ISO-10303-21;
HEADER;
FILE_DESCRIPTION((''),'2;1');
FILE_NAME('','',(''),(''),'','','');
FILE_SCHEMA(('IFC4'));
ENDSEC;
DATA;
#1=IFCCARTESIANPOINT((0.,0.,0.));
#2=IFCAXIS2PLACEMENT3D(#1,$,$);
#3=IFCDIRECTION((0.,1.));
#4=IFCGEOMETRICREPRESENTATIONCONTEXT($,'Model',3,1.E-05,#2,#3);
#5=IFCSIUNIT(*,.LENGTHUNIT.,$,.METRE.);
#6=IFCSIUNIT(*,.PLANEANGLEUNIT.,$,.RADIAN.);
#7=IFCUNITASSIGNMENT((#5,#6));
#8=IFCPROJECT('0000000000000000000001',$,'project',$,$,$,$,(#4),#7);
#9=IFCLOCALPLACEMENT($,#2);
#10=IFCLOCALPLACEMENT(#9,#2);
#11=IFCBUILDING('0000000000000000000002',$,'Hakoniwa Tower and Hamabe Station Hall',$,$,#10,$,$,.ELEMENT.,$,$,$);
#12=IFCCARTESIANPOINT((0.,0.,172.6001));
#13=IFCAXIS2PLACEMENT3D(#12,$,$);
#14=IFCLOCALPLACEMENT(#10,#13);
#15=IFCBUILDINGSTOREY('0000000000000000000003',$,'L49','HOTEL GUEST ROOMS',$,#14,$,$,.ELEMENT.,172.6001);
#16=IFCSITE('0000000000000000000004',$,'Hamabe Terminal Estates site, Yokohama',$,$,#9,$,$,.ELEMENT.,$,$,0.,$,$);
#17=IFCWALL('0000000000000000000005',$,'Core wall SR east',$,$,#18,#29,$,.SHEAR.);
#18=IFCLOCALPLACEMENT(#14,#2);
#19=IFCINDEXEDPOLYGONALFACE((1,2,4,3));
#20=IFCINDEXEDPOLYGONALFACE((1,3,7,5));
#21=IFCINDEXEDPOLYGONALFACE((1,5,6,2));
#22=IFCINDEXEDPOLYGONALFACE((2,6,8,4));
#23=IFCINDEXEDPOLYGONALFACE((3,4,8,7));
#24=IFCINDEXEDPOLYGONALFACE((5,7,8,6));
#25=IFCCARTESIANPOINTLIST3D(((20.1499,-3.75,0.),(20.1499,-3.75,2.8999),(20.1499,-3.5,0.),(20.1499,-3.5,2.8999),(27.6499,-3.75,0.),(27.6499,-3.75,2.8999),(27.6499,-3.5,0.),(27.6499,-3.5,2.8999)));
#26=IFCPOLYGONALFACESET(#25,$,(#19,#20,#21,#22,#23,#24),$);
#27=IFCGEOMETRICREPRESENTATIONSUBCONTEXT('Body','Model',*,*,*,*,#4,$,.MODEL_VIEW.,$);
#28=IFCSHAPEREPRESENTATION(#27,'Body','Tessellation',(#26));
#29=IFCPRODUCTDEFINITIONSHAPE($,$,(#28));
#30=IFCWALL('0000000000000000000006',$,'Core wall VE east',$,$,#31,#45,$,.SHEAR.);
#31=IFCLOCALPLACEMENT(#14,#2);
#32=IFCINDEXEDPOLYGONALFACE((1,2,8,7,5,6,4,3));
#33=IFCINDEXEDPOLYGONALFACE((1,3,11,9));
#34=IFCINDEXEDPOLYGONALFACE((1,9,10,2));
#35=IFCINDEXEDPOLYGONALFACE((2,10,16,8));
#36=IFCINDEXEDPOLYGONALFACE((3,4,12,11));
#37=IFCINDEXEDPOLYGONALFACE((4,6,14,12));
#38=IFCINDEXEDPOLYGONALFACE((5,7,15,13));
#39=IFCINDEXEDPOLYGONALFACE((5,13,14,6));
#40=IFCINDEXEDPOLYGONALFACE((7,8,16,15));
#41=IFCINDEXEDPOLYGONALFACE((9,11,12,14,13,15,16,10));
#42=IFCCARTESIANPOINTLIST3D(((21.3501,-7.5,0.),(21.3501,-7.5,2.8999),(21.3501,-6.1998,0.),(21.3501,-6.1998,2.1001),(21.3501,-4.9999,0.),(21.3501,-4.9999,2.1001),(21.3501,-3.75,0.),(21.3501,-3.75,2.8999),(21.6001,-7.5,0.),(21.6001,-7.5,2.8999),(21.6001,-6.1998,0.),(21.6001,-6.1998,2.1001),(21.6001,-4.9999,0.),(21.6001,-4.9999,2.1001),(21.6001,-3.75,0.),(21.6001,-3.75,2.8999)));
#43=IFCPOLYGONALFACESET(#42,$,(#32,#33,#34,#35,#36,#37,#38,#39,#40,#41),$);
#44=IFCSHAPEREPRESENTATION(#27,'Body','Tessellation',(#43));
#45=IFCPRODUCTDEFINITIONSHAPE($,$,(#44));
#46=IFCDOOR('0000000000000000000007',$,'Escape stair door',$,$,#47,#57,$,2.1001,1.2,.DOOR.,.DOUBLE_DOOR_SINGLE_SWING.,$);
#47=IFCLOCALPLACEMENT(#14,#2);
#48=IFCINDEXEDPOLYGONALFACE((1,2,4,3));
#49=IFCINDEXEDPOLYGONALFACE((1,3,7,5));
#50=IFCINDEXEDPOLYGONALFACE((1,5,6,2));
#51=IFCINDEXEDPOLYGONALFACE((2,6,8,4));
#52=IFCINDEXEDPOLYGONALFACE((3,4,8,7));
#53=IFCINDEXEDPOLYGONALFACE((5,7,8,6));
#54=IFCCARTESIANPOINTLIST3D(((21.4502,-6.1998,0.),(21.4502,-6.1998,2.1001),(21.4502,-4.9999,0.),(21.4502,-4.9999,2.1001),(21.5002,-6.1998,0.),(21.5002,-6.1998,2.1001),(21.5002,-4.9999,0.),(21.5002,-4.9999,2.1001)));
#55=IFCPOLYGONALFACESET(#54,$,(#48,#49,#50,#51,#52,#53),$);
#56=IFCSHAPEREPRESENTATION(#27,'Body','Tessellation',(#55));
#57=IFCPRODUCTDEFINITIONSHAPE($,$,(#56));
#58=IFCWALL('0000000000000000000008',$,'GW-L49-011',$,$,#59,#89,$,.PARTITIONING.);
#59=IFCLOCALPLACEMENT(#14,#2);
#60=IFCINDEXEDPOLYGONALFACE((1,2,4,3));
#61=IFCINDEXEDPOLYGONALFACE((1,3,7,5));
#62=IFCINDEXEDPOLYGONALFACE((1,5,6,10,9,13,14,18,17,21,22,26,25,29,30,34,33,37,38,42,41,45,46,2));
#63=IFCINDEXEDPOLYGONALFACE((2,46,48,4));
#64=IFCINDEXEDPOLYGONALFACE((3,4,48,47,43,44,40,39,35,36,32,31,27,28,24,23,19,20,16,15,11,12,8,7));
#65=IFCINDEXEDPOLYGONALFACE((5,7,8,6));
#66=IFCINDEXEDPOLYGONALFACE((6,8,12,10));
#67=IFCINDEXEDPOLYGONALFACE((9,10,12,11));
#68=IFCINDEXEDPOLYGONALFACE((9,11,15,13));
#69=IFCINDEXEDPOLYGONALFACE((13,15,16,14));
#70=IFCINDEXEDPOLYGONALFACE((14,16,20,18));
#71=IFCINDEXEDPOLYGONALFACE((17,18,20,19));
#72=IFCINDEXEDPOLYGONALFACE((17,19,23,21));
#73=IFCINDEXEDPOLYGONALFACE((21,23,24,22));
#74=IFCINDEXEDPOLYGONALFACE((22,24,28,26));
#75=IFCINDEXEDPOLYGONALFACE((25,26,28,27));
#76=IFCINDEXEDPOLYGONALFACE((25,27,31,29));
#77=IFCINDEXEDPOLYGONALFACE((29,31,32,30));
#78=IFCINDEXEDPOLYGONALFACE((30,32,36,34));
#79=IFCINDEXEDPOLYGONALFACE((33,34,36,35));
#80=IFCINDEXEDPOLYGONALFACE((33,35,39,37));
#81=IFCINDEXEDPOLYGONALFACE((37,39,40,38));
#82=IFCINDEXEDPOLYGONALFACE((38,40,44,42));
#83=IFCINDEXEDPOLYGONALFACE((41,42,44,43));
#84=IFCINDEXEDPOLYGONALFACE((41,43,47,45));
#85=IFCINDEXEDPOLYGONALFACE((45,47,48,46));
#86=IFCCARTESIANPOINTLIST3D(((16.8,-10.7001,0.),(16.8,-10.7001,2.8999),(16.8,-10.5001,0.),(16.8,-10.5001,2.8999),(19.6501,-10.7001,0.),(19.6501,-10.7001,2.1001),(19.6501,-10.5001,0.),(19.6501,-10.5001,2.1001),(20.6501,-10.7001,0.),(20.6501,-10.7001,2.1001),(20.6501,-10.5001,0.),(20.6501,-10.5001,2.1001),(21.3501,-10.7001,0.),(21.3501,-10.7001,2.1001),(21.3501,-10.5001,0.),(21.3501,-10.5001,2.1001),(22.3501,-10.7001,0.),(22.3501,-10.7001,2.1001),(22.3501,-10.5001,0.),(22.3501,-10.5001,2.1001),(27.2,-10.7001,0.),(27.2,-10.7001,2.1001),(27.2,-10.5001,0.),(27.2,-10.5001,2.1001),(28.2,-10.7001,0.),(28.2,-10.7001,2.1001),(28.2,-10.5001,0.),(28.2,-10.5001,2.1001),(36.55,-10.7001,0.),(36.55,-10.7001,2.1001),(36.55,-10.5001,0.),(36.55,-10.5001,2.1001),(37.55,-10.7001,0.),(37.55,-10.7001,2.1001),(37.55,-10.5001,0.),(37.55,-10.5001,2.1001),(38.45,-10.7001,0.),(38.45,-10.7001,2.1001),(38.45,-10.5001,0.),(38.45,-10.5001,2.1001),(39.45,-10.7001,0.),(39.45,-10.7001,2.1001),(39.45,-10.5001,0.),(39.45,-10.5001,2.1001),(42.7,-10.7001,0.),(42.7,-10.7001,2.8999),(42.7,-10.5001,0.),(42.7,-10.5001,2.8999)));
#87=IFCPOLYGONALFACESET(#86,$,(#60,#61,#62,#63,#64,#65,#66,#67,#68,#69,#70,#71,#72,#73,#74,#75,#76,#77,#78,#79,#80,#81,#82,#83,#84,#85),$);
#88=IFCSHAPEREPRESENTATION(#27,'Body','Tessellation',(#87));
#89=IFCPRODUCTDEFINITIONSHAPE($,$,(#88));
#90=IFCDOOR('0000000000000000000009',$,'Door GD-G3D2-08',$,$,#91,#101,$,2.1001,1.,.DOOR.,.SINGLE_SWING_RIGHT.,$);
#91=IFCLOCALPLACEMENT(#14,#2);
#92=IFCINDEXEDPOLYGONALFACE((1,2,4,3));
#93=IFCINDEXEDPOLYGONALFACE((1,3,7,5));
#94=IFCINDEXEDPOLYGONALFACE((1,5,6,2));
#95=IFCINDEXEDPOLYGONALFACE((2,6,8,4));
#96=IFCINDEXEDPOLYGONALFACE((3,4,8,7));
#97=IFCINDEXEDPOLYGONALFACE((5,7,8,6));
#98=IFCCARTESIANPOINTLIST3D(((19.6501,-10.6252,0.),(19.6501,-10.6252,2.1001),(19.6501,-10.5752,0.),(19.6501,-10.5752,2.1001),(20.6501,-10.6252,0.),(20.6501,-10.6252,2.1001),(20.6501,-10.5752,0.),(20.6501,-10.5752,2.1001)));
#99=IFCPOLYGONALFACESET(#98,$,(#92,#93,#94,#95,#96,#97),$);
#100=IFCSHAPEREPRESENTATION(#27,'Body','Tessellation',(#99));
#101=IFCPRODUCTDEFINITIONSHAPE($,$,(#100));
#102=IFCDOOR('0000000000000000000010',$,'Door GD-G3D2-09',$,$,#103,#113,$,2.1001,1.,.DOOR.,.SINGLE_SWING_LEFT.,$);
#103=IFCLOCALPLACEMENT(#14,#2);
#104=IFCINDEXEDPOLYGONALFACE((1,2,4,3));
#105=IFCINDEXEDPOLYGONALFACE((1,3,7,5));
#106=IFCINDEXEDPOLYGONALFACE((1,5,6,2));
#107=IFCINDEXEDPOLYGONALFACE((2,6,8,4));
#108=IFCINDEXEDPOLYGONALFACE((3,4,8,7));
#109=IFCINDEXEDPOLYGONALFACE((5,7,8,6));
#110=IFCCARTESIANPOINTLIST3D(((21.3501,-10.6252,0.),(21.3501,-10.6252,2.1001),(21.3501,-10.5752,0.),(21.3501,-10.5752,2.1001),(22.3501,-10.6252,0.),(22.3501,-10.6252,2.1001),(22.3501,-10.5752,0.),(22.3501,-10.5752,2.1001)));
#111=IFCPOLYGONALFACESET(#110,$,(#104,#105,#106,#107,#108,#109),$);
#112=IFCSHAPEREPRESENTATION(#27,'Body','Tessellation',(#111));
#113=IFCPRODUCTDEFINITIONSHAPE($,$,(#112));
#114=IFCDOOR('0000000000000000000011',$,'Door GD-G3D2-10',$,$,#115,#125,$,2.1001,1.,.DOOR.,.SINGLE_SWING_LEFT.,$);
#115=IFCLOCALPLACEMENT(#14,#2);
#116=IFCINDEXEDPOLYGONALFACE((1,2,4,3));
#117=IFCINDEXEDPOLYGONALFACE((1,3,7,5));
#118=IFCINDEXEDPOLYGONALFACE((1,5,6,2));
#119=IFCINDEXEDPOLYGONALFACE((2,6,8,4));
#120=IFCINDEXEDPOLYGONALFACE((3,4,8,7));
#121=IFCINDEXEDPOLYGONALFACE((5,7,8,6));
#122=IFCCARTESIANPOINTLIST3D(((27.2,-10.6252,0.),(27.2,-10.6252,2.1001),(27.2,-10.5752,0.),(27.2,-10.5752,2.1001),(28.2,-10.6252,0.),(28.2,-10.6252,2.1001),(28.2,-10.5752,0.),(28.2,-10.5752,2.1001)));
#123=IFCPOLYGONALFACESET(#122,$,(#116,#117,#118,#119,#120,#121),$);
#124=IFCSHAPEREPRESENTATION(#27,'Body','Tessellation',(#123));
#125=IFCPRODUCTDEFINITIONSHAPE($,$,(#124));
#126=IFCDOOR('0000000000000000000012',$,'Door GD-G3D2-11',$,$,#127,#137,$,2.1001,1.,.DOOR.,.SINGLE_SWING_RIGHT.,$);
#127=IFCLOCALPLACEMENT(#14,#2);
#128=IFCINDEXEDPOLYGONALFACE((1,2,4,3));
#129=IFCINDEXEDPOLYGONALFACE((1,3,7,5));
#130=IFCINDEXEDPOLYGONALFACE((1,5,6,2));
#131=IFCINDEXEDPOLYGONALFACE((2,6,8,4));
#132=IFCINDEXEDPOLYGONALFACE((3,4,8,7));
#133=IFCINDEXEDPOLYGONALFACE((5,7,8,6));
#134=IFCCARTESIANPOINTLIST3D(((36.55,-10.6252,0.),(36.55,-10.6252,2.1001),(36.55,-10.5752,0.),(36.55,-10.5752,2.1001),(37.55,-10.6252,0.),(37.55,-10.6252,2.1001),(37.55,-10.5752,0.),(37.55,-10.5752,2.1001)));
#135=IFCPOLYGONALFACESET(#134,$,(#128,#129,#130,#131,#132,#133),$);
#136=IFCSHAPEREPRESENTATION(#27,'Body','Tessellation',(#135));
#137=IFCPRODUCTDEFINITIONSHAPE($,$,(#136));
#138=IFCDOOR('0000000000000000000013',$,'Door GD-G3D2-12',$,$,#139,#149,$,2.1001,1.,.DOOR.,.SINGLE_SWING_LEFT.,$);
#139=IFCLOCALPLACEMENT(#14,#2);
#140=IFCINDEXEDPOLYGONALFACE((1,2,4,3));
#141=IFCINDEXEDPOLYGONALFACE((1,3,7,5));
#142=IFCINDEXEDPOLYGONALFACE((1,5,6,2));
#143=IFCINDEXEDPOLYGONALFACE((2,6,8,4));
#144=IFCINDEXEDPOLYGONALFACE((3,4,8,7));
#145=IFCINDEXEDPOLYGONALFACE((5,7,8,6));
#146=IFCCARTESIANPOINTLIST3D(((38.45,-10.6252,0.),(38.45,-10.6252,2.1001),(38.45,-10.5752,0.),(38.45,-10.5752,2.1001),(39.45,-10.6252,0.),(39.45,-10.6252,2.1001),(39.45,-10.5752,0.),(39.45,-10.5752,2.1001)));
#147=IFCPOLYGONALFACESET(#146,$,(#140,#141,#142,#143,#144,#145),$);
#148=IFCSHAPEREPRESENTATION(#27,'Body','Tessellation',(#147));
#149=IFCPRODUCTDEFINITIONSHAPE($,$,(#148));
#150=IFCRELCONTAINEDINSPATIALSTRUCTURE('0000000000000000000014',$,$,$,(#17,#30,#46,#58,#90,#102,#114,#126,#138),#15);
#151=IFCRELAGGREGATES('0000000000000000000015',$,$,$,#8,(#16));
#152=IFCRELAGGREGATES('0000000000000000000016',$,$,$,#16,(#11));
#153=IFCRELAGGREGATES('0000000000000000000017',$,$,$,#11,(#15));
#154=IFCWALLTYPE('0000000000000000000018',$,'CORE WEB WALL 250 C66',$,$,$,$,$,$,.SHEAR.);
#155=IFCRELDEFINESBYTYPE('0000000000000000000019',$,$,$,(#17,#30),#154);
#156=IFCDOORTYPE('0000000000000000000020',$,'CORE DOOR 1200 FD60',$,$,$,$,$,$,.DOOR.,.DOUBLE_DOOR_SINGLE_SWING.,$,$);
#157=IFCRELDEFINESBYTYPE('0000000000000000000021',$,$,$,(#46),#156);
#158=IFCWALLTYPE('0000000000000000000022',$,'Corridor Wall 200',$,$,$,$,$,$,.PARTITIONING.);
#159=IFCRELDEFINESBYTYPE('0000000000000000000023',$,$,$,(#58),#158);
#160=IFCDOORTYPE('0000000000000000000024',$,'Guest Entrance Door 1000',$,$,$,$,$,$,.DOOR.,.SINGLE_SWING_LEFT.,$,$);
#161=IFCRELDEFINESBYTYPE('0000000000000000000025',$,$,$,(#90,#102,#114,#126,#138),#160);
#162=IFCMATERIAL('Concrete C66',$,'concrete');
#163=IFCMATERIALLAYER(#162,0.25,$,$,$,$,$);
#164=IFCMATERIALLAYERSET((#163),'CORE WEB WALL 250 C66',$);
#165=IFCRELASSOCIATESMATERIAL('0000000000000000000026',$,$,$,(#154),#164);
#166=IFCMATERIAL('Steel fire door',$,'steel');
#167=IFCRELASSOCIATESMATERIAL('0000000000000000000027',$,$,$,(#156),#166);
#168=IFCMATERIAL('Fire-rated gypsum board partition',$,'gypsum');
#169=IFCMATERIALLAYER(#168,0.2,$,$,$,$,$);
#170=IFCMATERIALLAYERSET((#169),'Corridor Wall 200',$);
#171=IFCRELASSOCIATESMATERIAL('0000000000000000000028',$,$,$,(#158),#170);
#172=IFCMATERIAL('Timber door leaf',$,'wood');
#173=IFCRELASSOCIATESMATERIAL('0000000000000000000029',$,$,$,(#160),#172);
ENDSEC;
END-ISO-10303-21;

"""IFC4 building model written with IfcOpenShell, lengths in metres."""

from ifc_helpers import new_model, si_unit, direction, frame, frame_2d, origin, place, context, subcontext, project, spatial, rectangle, extrude, material, layer, layer_set, type_object, element, fill, save


model = new_model("IFC4")

# Units and contexts
model_context = context("Model", 3, precision=1e-05, world=origin(), true_north=direction((0.0, 1.0)))
body_context = subcontext(model_context, "Body", "Model", "MODEL_VIEW")
ifc_project = project(units=[si_unit("LENGTHUNIT", "METRE"), si_unit("PLANEANGLEUNIT", "RADIAN")], contexts=[model_context])

# Site, building, storey
site_placement = place(None, origin())
site = spatial("IfcSite", under=ifc_project, at=site_placement, Name="Hamabe Terminal Estates site, Yokohama", CompositionType="ELEMENT", RefElevation=0.0)
building_placement = place(site_placement, origin())
building = spatial("IfcBuilding", under=site, at=building_placement, Name="Hakoniwa Tower and Hamabe Station Hall", CompositionType="ELEMENT")
storey_placement = place(building_placement, frame((0.0, 0.0, 172.6001)))
storey = spatial("IfcBuildingStorey", under=building, at=storey_placement, Name="L49", Description="HOTEL GUEST ROOMS", CompositionType="ELEMENT", Elevation=172.6001)

# Shared definitions
ifc_material_1 = material(Name="Concrete C66", Category="concrete")
ifc_layer_1 = layer(ifc_material_1, 0.25)
ifc_layer_set_1 = layer_set([ifc_layer_1], Name="CORE WEB WALL 250 C66")
wall_type_1 = type_object("IfcWallType", Name="CORE WEB WALL 250 C66", PredefinedType="SHEAR", material=ifc_layer_set_1)

# Wall
wall_1_placement = place(storey_placement, frame((20.1499, -3.625, 0.0), z_axis=(0.0, 0.0, 1.0), x_axis=(1.0, 0.0, 0.0)))
element("IfcWall", 1, at=wall_1_placement, inside=storey, type_object=wall_type_1, Name="Core wall SR east", PredefinedType="SHEAR", context=body_context, shape_type="SweptSolid", body=[
    extrude(rectangle(XDim=7.5, YDim=0.25, at=frame_2d((3.75, 0.0))), origin(), (0.0, 0.0, 1.0), 2.8999),
])

# Wall, opening, door
wall_2_placement = place(storey_placement, frame((21.4751, -7.5, 0.0), z_axis=(0.0, 0.0, 1.0), x_axis=(0.0, 1.0, 0.0)))
wall_2 = element("IfcWall", 2, at=wall_2_placement, inside=storey, type_object=wall_type_1, Name="Core wall VE east", PredefinedType="SHEAR", context=body_context, shape_type="SweptSolid", body=[
    extrude(rectangle(XDim=3.75, YDim=0.25, at=frame_2d((1.875, 0.0))), origin(), (0.0, 0.0, 1.0), 2.8999),
])
opening_1_placement = place(wall_2_placement, frame((1.3, 0.0, 0.0)))
opening_1 = element("IfcOpeningElement", 3, at=opening_1_placement, cuts=wall_2, PredefinedType="OPENING", context=body_context, shape_type="SweptSolid", body=[
    extrude(rectangle(XDim=1.2, YDim=2.1001, at=frame_2d((0.6001, 1.05))), frame((0.0, 0.135, 0.0), z_axis=(0.0, -1.0, 0.0), x_axis=(1.0, 0.0, 0.0)), (0.0, 0.0, 1.0), 0.27),
])
ifc_material_2 = material(Name="Steel fire door", Category="steel")
door_type_1 = type_object("IfcDoorType", Name="CORE DOOR 1200 FD60", OperationType="DOUBLE_DOOR_SINGLE_SWING", PredefinedType="DOOR", material=ifc_material_2)
door_1_placement = place(opening_1_placement, origin())
door_1 = element("IfcDoor", 4, at=door_1_placement, inside=storey, type_object=door_type_1, Name="Escape stair door", OperationType="DOUBLE_DOOR_SINGLE_SWING", OverallHeight=2.1001, OverallWidth=1.2, PredefinedType="DOOR", context=body_context, shape_type="SweptSolid", body=[
    extrude(rectangle(XDim=1.2, YDim=2.1001, at=frame_2d((0.6001, 1.05))), frame((0.0, 0.0249, 0.0), z_axis=(0.0, -1.0, 0.0), x_axis=(1.0, 0.0, 0.0)), (0.0, 0.0, 1.0), 0.05),
])
fill(opening_1, door_1)

# Wall, openings, doors
ifc_material_3 = material(Name="Fire-rated gypsum board partition", Category="gypsum")
ifc_layer_2 = layer(ifc_material_3, 0.2)
ifc_layer_set_2 = layer_set([ifc_layer_2], Name="Corridor Wall 200")
wall_type_2 = type_object("IfcWallType", Name="Corridor Wall 200", PredefinedType="PARTITIONING", material=ifc_layer_set_2)
wall_3_placement = place(storey_placement, frame((16.8, -10.6001, 0.0), z_axis=(0.0, 0.0, 1.0), x_axis=(1.0, 0.0, 0.0)))
wall_3 = element("IfcWall", 5, at=wall_3_placement, inside=storey, type_object=wall_type_2, Name="GW-L49-011", PredefinedType="PARTITIONING", context=body_context, shape_type="SweptSolid", body=[
    extrude(rectangle(XDim=25.8999, YDim=0.2, at=frame_2d((12.95, 0.0))), origin(), (0.0, 0.0, 1.0), 2.8999),
])
opening_2_placement = place(wall_3_placement, frame((2.8501, 0.0, 0.0)))
opening_2 = element("IfcOpeningElement", 6, at=opening_2_placement, cuts=wall_3, PredefinedType="OPENING", context=body_context, shape_type="SweptSolid", body=[
    extrude(rectangle(XDim=1.0, YDim=2.1001, at=frame_2d((0.5, 1.05))), frame((0.0, 0.1099, 0.0), z_axis=(0.0, -1.0, 0.0), x_axis=(1.0, 0.0, 0.0)), (0.0, 0.0, 1.0), 0.22),
])
opening_3_placement = place(wall_3_placement, frame((4.55, 0.0, 0.0)))
opening_3 = element("IfcOpeningElement", 7, at=opening_3_placement, cuts=wall_3, PredefinedType="OPENING", context=body_context, shape_type="SweptSolid", body=[
    extrude(rectangle(XDim=1.0, YDim=2.1001, at=frame_2d((0.5, 1.05))), frame((0.0, 0.1099, 0.0), z_axis=(0.0, -1.0, 0.0), x_axis=(1.0, 0.0, 0.0)), (0.0, 0.0, 1.0), 0.22),
])
opening_4_placement = place(wall_3_placement, frame((10.3999, 0.0, 0.0)))
opening_4 = element("IfcOpeningElement", 8, at=opening_4_placement, cuts=wall_3, PredefinedType="OPENING", context=body_context, shape_type="SweptSolid", body=[
    extrude(rectangle(XDim=1.0, YDim=2.1001, at=frame_2d((0.5, 1.05))), frame((0.0, 0.1099, 0.0), z_axis=(0.0, -1.0, 0.0), x_axis=(1.0, 0.0, 0.0)), (0.0, 0.0, 1.0), 0.22),
])
opening_5_placement = place(wall_3_placement, frame((19.75, 0.0, 0.0)))
opening_5 = element("IfcOpeningElement", 9, at=opening_5_placement, cuts=wall_3, PredefinedType="OPENING", context=body_context, shape_type="SweptSolid", body=[
    extrude(rectangle(XDim=1.0, YDim=2.1001, at=frame_2d((0.5, 1.05))), frame((0.0, 0.1099, 0.0), z_axis=(0.0, -1.0, 0.0), x_axis=(1.0, 0.0, 0.0)), (0.0, 0.0, 1.0), 0.22),
])
opening_6_placement = place(wall_3_placement, frame((21.6499, 0.0, 0.0)))
opening_6 = element("IfcOpeningElement", 10, at=opening_6_placement, cuts=wall_3, PredefinedType="OPENING", context=body_context, shape_type="SweptSolid", body=[
    extrude(rectangle(XDim=1.0, YDim=2.1001, at=frame_2d((0.5, 1.05))), frame((0.0, 0.1099, 0.0), z_axis=(0.0, -1.0, 0.0), x_axis=(1.0, 0.0, 0.0)), (0.0, 0.0, 1.0), 0.22),
])
ifc_material_4 = material(Name="Timber door leaf", Category="wood")
door_type_2 = type_object("IfcDoorType", Name="Guest Entrance Door 1000", OperationType="SINGLE_SWING_LEFT", PredefinedType="DOOR", material=ifc_material_4)
door_2_placement = place(opening_2_placement, origin())
door_2 = element("IfcDoor", 11, at=door_2_placement, inside=storey, type_object=door_type_2, Name="Door GD-G3D2-08", OperationType="SINGLE_SWING_RIGHT", OverallHeight=2.1001, OverallWidth=1.0, PredefinedType="DOOR", context=body_context, shape_type="SweptSolid", body=[
    extrude(rectangle(XDim=1.0, YDim=2.1001, at=frame_2d((0.5, 1.05))), frame((0.0, 0.0249, 0.0), z_axis=(0.0, -1.0, 0.0), x_axis=(1.0, 0.0, 0.0)), (0.0, 0.0, 1.0), 0.05),
])
fill(opening_2, door_2)
door_3_placement = place(opening_3_placement, origin())
door_3 = element("IfcDoor", 12, at=door_3_placement, inside=storey, type_object=door_type_2, Name="Door GD-G3D2-09", OperationType="SINGLE_SWING_LEFT", OverallHeight=2.1001, OverallWidth=1.0, PredefinedType="DOOR", context=body_context, shape_type="SweptSolid", body=[
    extrude(rectangle(XDim=1.0, YDim=2.1001, at=frame_2d((0.5, 1.05))), frame((0.0, 0.0249, 0.0), z_axis=(0.0, -1.0, 0.0), x_axis=(1.0, 0.0, 0.0)), (0.0, 0.0, 1.0), 0.05),
])
fill(opening_3, door_3)
door_4_placement = place(opening_4_placement, origin())
door_4 = element("IfcDoor", 13, at=door_4_placement, inside=storey, type_object=door_type_2, Name="Door GD-G3D2-10", OperationType="SINGLE_SWING_LEFT", OverallHeight=2.1001, OverallWidth=1.0, PredefinedType="DOOR", context=body_context, shape_type="SweptSolid", body=[
    extrude(rectangle(XDim=1.0, YDim=2.1001, at=frame_2d((0.5, 1.05))), frame((0.0, 0.0249, 0.0), z_axis=(0.0, -1.0, 0.0), x_axis=(1.0, 0.0, 0.0)), (0.0, 0.0, 1.0), 0.05),
])
fill(opening_4, door_4)
door_5_placement = place(opening_5_placement, origin())
door_5 = element("IfcDoor", 14, at=door_5_placement, inside=storey, type_object=door_type_2, Name="Door GD-G3D2-11", OperationType="SINGLE_SWING_RIGHT", OverallHeight=2.1001, OverallWidth=1.0, PredefinedType="DOOR", context=body_context, shape_type="SweptSolid", body=[
    extrude(rectangle(XDim=1.0, YDim=2.1001, at=frame_2d((0.5, 1.05))), frame((0.0, 0.0249, 0.0), z_axis=(0.0, -1.0, 0.0), x_axis=(1.0, 0.0, 0.0)), (0.0, 0.0, 1.0), 0.05),
])
fill(opening_5, door_5)
door_6_placement = place(opening_6_placement, origin())
door_6 = element("IfcDoor", 15, at=door_6_placement, inside=storey, type_object=door_type_2, Name="Door GD-G3D2-12", OperationType="SINGLE_SWING_LEFT", OverallHeight=2.1001, OverallWidth=1.0, PredefinedType="DOOR", context=body_context, shape_type="SweptSolid", body=[
    extrude(rectangle(XDim=1.0, YDim=2.1001, at=frame_2d((0.5, 1.05))), frame((0.0, 0.0249, 0.0), z_axis=(0.0, -1.0, 0.0), x_axis=(1.0, 0.0, 0.0)), (0.0, 0.0, 1.0), 0.05),
])
fill(opening_6, door_6)

save(model, "model.ifc")
